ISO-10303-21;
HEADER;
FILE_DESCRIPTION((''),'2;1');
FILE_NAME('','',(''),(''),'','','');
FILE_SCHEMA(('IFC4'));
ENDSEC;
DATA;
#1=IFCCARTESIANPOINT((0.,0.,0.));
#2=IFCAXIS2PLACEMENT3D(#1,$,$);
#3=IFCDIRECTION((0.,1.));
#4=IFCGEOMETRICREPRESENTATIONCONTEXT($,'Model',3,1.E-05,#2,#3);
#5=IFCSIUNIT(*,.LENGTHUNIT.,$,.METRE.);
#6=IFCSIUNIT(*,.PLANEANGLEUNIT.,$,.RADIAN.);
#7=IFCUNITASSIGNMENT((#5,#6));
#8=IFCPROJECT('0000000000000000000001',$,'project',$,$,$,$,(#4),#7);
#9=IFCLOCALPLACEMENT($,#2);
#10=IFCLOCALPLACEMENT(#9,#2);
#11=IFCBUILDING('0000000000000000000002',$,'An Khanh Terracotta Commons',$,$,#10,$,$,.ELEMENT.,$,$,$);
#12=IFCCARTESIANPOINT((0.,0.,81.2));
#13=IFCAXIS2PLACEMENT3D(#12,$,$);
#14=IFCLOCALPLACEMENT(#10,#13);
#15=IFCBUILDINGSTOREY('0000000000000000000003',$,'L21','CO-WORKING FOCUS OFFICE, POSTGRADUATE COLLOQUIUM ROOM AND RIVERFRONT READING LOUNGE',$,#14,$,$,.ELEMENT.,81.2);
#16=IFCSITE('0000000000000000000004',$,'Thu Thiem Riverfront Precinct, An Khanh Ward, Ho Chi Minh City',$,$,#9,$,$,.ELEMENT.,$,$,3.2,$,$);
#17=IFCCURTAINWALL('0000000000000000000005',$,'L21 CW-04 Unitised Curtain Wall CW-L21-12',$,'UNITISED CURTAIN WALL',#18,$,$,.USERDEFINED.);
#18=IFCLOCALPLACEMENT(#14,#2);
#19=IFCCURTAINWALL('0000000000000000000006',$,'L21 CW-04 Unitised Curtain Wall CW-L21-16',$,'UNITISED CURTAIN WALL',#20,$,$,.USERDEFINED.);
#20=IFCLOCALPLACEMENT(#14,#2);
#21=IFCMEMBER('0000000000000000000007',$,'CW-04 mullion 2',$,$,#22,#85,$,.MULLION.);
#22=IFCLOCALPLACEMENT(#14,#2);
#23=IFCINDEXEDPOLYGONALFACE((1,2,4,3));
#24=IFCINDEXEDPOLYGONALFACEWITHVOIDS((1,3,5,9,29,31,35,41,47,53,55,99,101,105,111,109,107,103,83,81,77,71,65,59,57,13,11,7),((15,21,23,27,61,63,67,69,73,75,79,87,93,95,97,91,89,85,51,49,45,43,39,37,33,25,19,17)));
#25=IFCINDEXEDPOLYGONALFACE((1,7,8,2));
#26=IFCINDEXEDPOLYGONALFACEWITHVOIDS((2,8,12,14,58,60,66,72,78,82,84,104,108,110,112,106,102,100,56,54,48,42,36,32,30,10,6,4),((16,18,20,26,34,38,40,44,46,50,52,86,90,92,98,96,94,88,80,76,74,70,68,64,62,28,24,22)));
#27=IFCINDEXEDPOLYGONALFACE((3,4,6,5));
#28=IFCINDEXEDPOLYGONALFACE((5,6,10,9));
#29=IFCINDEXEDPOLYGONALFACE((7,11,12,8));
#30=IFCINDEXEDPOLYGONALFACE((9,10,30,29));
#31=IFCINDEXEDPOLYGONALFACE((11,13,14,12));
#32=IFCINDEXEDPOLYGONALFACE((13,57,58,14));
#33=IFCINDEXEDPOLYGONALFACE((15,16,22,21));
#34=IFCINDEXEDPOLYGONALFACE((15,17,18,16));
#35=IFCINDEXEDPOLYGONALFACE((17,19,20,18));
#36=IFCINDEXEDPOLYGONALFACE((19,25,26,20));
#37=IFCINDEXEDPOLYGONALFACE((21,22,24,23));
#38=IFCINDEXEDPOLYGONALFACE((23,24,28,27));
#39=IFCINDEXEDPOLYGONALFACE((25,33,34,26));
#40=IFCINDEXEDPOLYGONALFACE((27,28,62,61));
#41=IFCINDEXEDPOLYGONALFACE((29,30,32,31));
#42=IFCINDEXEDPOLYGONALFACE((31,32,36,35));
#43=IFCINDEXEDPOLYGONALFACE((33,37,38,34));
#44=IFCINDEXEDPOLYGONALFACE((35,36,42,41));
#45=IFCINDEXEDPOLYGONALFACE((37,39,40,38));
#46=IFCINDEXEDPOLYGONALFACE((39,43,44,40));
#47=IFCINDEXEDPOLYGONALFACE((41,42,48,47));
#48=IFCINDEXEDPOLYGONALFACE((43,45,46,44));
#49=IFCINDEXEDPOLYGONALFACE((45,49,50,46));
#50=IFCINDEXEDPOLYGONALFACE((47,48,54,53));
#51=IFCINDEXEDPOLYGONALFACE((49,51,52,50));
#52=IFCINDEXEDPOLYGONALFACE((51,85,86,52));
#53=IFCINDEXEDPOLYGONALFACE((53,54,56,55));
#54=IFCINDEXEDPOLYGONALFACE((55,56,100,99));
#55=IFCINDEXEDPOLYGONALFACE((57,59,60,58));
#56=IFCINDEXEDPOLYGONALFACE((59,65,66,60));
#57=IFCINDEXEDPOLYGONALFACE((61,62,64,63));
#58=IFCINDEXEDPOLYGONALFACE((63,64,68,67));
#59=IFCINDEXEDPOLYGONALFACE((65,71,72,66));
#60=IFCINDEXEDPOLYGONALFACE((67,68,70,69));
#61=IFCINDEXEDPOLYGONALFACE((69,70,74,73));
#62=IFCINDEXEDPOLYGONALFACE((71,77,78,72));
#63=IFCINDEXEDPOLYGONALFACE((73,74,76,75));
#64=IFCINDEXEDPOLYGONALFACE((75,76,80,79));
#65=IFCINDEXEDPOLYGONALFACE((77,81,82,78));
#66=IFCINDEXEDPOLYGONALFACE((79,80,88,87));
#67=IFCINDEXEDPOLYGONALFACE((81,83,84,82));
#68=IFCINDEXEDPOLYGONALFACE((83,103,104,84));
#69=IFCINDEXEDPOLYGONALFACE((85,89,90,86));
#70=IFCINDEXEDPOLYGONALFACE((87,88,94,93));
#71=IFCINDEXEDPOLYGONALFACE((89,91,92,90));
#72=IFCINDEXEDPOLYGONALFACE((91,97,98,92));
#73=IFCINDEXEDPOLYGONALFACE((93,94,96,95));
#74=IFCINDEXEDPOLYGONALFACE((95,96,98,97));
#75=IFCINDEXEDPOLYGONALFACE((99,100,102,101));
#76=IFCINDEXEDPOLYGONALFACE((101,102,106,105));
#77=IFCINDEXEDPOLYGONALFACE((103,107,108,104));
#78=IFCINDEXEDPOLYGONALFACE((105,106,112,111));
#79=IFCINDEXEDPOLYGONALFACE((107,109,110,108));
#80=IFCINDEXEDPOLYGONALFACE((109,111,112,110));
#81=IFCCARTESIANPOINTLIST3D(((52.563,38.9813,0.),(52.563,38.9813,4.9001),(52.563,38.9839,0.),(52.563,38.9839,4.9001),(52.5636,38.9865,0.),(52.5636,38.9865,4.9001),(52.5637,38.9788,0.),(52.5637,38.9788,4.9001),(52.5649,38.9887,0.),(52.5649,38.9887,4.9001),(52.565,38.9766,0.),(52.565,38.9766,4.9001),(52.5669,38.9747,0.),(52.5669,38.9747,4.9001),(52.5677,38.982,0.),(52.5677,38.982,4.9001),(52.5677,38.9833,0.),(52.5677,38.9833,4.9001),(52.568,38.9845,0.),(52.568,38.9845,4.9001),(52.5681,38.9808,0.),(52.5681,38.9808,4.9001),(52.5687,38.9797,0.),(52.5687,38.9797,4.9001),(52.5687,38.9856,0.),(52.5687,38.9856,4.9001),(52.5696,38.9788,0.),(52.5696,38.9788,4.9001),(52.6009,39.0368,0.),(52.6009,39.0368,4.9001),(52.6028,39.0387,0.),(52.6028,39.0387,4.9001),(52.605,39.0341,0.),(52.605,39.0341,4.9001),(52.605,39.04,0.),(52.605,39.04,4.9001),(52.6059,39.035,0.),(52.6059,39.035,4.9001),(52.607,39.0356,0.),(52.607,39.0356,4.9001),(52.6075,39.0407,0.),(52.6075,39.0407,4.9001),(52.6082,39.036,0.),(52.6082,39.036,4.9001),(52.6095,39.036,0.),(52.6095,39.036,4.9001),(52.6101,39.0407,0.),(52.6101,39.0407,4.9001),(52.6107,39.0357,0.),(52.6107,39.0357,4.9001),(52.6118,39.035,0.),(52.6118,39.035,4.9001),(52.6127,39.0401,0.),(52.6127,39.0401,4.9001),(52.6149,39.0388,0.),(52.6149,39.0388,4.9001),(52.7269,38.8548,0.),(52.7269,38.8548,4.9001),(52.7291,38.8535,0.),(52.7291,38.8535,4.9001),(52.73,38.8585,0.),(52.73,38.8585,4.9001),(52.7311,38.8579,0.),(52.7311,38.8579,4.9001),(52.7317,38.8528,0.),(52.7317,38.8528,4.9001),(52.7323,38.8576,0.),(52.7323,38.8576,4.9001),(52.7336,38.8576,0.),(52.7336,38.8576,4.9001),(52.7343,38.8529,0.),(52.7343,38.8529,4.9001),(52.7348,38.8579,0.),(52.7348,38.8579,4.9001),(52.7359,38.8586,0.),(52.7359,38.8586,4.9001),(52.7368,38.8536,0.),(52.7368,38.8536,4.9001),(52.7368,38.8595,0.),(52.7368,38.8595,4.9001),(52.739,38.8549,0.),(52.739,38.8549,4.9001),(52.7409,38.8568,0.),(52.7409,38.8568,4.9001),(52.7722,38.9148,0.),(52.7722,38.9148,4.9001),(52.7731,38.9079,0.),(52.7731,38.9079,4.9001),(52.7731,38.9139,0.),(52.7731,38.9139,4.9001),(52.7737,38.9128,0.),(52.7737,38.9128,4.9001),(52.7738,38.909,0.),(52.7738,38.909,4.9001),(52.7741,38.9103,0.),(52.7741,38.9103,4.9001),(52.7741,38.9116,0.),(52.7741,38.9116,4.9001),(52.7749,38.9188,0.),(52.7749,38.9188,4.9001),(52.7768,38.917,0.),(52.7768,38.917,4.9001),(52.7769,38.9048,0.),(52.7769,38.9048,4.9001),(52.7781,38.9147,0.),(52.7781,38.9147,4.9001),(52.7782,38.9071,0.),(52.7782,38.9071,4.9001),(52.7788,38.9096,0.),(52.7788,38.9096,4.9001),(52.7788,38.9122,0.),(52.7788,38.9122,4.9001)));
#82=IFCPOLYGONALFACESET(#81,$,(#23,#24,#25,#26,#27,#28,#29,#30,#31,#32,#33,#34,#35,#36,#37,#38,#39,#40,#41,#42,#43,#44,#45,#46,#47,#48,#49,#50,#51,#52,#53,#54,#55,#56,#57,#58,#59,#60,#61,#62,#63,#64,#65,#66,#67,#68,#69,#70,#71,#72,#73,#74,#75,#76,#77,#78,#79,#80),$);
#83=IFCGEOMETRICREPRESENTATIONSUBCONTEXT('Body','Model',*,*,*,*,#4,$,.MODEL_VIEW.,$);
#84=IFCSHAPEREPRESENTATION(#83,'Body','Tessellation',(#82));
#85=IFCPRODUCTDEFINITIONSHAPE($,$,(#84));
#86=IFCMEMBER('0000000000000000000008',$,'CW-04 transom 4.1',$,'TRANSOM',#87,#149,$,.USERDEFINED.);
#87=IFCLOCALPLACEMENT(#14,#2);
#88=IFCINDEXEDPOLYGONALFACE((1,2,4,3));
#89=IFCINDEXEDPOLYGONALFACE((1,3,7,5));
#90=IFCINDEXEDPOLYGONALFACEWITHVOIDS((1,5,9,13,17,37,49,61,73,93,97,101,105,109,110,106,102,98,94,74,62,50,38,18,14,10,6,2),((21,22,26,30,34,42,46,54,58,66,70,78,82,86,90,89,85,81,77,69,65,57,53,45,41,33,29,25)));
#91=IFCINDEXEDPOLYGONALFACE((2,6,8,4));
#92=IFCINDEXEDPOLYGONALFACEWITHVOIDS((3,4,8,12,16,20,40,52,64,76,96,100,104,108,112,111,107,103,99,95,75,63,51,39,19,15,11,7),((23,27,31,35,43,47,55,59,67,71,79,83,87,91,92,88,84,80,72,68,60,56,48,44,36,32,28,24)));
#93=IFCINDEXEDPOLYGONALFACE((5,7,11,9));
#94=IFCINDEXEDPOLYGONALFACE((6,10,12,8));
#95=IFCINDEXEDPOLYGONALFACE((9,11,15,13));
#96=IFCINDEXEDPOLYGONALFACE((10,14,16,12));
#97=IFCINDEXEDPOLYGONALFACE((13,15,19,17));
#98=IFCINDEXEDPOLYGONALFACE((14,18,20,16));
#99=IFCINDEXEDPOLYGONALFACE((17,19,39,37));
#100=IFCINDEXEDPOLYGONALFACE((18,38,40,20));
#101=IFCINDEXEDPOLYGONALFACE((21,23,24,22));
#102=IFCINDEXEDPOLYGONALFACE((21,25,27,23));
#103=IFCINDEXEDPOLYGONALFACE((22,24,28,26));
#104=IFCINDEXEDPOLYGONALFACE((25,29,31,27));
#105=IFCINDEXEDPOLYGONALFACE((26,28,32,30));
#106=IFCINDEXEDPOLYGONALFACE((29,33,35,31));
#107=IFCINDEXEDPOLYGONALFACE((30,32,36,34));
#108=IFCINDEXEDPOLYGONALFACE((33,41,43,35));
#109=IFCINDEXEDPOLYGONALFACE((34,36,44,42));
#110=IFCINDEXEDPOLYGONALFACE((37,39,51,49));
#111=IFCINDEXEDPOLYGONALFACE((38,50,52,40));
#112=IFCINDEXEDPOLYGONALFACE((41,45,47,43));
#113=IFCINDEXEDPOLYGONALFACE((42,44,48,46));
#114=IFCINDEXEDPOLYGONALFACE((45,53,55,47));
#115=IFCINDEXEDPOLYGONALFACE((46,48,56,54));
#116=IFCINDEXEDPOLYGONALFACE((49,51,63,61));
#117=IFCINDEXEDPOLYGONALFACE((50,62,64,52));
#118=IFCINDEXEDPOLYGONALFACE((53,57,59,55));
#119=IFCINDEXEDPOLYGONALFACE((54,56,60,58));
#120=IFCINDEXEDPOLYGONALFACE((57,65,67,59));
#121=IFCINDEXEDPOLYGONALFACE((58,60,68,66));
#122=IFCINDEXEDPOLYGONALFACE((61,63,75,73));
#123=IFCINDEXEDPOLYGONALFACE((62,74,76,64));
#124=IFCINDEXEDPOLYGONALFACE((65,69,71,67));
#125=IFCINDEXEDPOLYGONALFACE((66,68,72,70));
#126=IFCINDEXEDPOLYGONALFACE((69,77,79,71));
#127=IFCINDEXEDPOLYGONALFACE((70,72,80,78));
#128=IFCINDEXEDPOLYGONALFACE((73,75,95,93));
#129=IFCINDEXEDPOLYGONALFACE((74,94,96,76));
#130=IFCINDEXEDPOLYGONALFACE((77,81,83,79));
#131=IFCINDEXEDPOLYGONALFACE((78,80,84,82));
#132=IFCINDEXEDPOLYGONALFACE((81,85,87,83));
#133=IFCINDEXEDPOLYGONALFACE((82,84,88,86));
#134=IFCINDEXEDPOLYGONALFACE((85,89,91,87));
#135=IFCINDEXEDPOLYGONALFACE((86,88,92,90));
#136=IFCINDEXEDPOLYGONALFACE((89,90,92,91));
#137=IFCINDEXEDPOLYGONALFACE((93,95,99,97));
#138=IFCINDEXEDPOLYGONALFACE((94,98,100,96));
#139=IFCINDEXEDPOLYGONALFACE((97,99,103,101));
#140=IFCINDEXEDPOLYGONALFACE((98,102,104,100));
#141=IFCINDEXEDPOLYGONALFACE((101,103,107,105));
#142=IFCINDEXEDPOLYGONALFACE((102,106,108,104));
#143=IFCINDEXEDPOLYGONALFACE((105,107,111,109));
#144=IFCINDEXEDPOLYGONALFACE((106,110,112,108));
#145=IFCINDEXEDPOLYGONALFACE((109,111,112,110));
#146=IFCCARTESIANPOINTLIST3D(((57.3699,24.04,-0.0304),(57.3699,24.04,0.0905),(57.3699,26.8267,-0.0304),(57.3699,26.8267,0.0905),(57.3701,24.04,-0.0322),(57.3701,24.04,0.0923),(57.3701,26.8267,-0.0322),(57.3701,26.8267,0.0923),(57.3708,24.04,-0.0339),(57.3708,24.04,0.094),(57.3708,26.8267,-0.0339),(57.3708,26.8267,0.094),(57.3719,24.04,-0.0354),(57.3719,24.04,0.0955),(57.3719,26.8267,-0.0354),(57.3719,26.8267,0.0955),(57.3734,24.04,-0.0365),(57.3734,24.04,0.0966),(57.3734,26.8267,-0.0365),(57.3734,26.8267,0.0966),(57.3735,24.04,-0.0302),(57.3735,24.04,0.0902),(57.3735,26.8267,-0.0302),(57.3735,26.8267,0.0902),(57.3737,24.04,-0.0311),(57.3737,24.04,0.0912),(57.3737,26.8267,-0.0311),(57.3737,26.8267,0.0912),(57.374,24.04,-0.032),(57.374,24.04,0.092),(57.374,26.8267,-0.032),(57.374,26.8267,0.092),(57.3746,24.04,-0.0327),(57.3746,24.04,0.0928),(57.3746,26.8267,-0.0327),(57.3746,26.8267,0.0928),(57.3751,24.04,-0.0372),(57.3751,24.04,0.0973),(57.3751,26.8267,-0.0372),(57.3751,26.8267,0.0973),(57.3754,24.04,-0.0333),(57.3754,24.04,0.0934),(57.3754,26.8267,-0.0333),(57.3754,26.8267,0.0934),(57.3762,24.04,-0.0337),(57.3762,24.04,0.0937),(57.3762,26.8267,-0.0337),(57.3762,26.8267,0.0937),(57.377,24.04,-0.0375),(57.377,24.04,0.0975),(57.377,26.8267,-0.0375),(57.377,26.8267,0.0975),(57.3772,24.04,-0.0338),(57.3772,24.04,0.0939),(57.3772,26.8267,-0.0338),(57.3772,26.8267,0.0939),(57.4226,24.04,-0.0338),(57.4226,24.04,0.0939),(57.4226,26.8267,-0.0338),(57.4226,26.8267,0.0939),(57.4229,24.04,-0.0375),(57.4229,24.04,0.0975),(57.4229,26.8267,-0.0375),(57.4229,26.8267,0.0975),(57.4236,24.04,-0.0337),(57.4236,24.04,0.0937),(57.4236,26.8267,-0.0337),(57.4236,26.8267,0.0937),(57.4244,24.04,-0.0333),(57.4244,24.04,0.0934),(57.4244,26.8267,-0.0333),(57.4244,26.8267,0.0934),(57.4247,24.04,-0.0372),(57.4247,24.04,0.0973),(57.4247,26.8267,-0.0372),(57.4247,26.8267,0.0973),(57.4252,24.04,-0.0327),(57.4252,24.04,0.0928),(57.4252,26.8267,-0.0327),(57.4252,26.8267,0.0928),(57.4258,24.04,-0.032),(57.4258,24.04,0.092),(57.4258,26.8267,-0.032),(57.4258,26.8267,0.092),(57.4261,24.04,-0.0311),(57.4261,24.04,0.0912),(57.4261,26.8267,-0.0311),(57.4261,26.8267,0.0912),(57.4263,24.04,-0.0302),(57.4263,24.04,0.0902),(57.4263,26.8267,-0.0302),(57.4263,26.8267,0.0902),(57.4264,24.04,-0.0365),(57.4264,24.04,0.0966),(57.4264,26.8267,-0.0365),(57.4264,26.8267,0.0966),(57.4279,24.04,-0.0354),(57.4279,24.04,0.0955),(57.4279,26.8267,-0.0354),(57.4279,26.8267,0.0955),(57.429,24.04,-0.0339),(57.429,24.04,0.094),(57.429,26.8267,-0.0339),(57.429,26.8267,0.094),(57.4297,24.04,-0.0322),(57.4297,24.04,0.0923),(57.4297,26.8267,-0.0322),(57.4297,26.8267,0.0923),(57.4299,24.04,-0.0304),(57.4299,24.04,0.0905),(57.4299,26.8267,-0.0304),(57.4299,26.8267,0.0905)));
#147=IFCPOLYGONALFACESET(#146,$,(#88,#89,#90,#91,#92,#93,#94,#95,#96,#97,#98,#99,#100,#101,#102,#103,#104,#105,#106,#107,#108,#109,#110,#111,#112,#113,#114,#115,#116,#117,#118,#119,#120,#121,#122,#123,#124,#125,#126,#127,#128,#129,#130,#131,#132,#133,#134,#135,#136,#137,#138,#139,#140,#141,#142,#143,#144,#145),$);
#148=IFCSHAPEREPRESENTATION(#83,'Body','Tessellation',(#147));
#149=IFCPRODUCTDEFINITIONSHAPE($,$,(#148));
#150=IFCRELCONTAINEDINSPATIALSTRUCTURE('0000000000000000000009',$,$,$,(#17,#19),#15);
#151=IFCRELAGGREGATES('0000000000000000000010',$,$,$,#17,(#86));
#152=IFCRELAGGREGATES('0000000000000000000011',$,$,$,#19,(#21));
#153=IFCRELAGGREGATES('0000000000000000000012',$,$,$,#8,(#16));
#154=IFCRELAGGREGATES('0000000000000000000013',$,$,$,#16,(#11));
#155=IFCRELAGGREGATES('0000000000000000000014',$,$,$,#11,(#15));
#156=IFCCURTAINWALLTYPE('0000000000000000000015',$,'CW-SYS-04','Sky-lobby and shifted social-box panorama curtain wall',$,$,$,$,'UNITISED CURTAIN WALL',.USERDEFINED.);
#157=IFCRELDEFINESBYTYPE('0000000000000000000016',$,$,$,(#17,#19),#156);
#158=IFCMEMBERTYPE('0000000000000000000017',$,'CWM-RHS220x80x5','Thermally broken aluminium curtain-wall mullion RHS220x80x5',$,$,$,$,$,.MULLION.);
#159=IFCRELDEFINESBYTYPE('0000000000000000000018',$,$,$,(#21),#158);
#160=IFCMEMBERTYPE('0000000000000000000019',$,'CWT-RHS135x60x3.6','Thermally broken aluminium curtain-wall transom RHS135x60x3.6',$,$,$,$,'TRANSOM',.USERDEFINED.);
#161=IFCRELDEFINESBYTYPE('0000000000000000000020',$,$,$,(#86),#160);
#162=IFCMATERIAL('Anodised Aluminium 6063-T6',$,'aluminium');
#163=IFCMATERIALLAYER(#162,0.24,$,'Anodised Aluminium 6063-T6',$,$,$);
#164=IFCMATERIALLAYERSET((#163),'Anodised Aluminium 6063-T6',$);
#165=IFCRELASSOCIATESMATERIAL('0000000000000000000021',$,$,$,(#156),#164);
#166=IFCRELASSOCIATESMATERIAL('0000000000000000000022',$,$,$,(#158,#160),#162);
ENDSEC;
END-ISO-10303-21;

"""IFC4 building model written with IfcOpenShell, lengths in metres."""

from ifc_helpers import new_model, si_unit, direction, frame, origin, origin_2d, place, context, subcontext, project, spatial, hollow_rectangle, extrude, material, layer, layer_set, material_profile, profile_set, type_object, element, aggregate, save


model = new_model("IFC4")

# Units and contexts
model_context = context("Model", 3, precision=1e-05, world=origin(), true_north=direction((0.0, 1.0)))
body_context = subcontext(model_context, "Body", "Model", "MODEL_VIEW")
ifc_project = project(units=[si_unit("LENGTHUNIT", "METRE"), si_unit("PLANEANGLEUNIT", "RADIAN")], contexts=[model_context])

# Site, building, storey
site_placement = place(None, origin())
site = spatial("IfcSite", under=ifc_project, at=site_placement, Name="Thu Thiem Riverfront Precinct, An Khanh Ward, Ho Chi Minh City", CompositionType="ELEMENT", RefElevation=3.2)
building_placement = place(site_placement, origin())
building = spatial("IfcBuilding", under=site, at=building_placement, Name="An Khanh Terracotta Commons", CompositionType="ELEMENT")
storey_placement = place(building_placement, frame((0.0, 0.0, 81.2)))
storey = spatial("IfcBuildingStorey", under=building, at=storey_placement, Name="L21", Description="CO-WORKING FOCUS OFFICE, POSTGRADUATE COLLOQUIUM ROOM AND RIVERFRONT READING LOUNGE", CompositionType="ELEMENT", Elevation=81.2)

# Curtain walls, member
ifc_material_1 = material(Name="Anodised Aluminium 6063-T6", Category="aluminium")
ifc_layer_1 = layer(ifc_material_1, 0.24, Name="Anodised Aluminium 6063-T6")
ifc_layer_set_1 = layer_set([ifc_layer_1], Name="Anodised Aluminium 6063-T6")
curtain_wall_type = type_object("IfcCurtainWallType", Name="CW-SYS-04", Description="Sky-lobby and shifted social-box panorama curtain wall", ElementType="UNITISED CURTAIN WALL", PredefinedType="USERDEFINED", material=ifc_layer_set_1)
curtain_wall_1_placement = place(storey_placement, origin())
curtain_wall_1 = element("IfcCurtainWall", 1, at=curtain_wall_1_placement, inside=storey, type_object=curtain_wall_type, Name="L21 CW-04 Unitised Curtain Wall CW-L21-12", ObjectType="UNITISED CURTAIN WALL", PredefinedType="USERDEFINED")
ifc_material_profile_1 = material_profile(ifc_material_1, hollow_rectangle(XDim=0.0801, YDim=0.22, WallThickness=0.0049, InnerFilletRadius=0.0049, OuterFilletRadius=0.01, at=origin_2d()), Name="RHS220x80x5")
ifc_profile_set_1 = profile_set([ifc_material_profile_1], Name="Anodised Aluminium 6063-T6")
member_type_1 = type_object("IfcMemberType", Name="CWM-RHS220x80x5", Description="Thermally broken aluminium curtain-wall mullion RHS220x80x5", PredefinedType="MULLION", material=ifc_profile_set_1)
curtain_wall_2_placement = place(storey_placement, origin())
curtain_wall_2 = element("IfcCurtainWall", 2, at=curtain_wall_2_placement, inside=storey, type_object=curtain_wall_type, Name="L21 CW-04 Unitised Curtain Wall CW-L21-16", ObjectType="UNITISED CURTAIN WALL", PredefinedType="USERDEFINED")
member_1_placement = place(storey_placement, frame((52.6709, 38.9468, 0.0), z_axis=(0.0, 0.0, 1.0), x_axis=(-0.599983, -0.800013, 0.0)))
member_1 = element("IfcMember", 3, at=member_1_placement, type_object=member_type_1, Name="CW-04 mullion 2", PredefinedType="MULLION", context=body_context, shape_type="SweptSolid", body=[
    extrude(hollow_rectangle(XDim=0.0801, YDim=0.22, WallThickness=0.0049, InnerFilletRadius=0.0049, OuterFilletRadius=0.01, at=origin_2d()), origin(), (0.0, 0.0, 1.0), 4.9001),
])

# Member
ifc_material_profile_2 = material_profile(ifc_material_1, hollow_rectangle(XDim=0.0601, YDim=0.135, WallThickness=0.0037, InnerFilletRadius=0.0037, OuterFilletRadius=0.0071, at=origin_2d()), Name="RHS135x60x3.6")
ifc_profile_set_2 = profile_set([ifc_material_profile_2], Name="Anodised Aluminium 6063-T6")
member_type_2 = type_object("IfcMemberType", Name="CWT-RHS135x60x3.6", Description="Thermally broken aluminium curtain-wall transom RHS135x60x3.6", ElementType="TRANSOM", PredefinedType="USERDEFINED", material=ifc_profile_set_2)
member_2_placement = place(storey_placement, frame((57.3999, 24.04, 0.03), z_axis=(0.0, 1.0, 0.0), x_axis=(-1.0, 0.0, 0.0)))
member_2 = element("IfcMember", 4, at=member_2_placement, type_object=member_type_2, Name="CW-04 transom 4.1", ObjectType="TRANSOM", PredefinedType="USERDEFINED", context=body_context, shape_type="SweptSolid", body=[
    extrude(hollow_rectangle(XDim=0.0601, YDim=0.135, WallThickness=0.0037, InnerFilletRadius=0.0037, OuterFilletRadius=0.0071, at=origin_2d()), origin(), (0.0, 0.0, 1.0), 2.7866),
])

aggregate(curtain_wall_1, [member_2])
aggregate(curtain_wall_2, [member_1])

save(model, "model.ifc")
